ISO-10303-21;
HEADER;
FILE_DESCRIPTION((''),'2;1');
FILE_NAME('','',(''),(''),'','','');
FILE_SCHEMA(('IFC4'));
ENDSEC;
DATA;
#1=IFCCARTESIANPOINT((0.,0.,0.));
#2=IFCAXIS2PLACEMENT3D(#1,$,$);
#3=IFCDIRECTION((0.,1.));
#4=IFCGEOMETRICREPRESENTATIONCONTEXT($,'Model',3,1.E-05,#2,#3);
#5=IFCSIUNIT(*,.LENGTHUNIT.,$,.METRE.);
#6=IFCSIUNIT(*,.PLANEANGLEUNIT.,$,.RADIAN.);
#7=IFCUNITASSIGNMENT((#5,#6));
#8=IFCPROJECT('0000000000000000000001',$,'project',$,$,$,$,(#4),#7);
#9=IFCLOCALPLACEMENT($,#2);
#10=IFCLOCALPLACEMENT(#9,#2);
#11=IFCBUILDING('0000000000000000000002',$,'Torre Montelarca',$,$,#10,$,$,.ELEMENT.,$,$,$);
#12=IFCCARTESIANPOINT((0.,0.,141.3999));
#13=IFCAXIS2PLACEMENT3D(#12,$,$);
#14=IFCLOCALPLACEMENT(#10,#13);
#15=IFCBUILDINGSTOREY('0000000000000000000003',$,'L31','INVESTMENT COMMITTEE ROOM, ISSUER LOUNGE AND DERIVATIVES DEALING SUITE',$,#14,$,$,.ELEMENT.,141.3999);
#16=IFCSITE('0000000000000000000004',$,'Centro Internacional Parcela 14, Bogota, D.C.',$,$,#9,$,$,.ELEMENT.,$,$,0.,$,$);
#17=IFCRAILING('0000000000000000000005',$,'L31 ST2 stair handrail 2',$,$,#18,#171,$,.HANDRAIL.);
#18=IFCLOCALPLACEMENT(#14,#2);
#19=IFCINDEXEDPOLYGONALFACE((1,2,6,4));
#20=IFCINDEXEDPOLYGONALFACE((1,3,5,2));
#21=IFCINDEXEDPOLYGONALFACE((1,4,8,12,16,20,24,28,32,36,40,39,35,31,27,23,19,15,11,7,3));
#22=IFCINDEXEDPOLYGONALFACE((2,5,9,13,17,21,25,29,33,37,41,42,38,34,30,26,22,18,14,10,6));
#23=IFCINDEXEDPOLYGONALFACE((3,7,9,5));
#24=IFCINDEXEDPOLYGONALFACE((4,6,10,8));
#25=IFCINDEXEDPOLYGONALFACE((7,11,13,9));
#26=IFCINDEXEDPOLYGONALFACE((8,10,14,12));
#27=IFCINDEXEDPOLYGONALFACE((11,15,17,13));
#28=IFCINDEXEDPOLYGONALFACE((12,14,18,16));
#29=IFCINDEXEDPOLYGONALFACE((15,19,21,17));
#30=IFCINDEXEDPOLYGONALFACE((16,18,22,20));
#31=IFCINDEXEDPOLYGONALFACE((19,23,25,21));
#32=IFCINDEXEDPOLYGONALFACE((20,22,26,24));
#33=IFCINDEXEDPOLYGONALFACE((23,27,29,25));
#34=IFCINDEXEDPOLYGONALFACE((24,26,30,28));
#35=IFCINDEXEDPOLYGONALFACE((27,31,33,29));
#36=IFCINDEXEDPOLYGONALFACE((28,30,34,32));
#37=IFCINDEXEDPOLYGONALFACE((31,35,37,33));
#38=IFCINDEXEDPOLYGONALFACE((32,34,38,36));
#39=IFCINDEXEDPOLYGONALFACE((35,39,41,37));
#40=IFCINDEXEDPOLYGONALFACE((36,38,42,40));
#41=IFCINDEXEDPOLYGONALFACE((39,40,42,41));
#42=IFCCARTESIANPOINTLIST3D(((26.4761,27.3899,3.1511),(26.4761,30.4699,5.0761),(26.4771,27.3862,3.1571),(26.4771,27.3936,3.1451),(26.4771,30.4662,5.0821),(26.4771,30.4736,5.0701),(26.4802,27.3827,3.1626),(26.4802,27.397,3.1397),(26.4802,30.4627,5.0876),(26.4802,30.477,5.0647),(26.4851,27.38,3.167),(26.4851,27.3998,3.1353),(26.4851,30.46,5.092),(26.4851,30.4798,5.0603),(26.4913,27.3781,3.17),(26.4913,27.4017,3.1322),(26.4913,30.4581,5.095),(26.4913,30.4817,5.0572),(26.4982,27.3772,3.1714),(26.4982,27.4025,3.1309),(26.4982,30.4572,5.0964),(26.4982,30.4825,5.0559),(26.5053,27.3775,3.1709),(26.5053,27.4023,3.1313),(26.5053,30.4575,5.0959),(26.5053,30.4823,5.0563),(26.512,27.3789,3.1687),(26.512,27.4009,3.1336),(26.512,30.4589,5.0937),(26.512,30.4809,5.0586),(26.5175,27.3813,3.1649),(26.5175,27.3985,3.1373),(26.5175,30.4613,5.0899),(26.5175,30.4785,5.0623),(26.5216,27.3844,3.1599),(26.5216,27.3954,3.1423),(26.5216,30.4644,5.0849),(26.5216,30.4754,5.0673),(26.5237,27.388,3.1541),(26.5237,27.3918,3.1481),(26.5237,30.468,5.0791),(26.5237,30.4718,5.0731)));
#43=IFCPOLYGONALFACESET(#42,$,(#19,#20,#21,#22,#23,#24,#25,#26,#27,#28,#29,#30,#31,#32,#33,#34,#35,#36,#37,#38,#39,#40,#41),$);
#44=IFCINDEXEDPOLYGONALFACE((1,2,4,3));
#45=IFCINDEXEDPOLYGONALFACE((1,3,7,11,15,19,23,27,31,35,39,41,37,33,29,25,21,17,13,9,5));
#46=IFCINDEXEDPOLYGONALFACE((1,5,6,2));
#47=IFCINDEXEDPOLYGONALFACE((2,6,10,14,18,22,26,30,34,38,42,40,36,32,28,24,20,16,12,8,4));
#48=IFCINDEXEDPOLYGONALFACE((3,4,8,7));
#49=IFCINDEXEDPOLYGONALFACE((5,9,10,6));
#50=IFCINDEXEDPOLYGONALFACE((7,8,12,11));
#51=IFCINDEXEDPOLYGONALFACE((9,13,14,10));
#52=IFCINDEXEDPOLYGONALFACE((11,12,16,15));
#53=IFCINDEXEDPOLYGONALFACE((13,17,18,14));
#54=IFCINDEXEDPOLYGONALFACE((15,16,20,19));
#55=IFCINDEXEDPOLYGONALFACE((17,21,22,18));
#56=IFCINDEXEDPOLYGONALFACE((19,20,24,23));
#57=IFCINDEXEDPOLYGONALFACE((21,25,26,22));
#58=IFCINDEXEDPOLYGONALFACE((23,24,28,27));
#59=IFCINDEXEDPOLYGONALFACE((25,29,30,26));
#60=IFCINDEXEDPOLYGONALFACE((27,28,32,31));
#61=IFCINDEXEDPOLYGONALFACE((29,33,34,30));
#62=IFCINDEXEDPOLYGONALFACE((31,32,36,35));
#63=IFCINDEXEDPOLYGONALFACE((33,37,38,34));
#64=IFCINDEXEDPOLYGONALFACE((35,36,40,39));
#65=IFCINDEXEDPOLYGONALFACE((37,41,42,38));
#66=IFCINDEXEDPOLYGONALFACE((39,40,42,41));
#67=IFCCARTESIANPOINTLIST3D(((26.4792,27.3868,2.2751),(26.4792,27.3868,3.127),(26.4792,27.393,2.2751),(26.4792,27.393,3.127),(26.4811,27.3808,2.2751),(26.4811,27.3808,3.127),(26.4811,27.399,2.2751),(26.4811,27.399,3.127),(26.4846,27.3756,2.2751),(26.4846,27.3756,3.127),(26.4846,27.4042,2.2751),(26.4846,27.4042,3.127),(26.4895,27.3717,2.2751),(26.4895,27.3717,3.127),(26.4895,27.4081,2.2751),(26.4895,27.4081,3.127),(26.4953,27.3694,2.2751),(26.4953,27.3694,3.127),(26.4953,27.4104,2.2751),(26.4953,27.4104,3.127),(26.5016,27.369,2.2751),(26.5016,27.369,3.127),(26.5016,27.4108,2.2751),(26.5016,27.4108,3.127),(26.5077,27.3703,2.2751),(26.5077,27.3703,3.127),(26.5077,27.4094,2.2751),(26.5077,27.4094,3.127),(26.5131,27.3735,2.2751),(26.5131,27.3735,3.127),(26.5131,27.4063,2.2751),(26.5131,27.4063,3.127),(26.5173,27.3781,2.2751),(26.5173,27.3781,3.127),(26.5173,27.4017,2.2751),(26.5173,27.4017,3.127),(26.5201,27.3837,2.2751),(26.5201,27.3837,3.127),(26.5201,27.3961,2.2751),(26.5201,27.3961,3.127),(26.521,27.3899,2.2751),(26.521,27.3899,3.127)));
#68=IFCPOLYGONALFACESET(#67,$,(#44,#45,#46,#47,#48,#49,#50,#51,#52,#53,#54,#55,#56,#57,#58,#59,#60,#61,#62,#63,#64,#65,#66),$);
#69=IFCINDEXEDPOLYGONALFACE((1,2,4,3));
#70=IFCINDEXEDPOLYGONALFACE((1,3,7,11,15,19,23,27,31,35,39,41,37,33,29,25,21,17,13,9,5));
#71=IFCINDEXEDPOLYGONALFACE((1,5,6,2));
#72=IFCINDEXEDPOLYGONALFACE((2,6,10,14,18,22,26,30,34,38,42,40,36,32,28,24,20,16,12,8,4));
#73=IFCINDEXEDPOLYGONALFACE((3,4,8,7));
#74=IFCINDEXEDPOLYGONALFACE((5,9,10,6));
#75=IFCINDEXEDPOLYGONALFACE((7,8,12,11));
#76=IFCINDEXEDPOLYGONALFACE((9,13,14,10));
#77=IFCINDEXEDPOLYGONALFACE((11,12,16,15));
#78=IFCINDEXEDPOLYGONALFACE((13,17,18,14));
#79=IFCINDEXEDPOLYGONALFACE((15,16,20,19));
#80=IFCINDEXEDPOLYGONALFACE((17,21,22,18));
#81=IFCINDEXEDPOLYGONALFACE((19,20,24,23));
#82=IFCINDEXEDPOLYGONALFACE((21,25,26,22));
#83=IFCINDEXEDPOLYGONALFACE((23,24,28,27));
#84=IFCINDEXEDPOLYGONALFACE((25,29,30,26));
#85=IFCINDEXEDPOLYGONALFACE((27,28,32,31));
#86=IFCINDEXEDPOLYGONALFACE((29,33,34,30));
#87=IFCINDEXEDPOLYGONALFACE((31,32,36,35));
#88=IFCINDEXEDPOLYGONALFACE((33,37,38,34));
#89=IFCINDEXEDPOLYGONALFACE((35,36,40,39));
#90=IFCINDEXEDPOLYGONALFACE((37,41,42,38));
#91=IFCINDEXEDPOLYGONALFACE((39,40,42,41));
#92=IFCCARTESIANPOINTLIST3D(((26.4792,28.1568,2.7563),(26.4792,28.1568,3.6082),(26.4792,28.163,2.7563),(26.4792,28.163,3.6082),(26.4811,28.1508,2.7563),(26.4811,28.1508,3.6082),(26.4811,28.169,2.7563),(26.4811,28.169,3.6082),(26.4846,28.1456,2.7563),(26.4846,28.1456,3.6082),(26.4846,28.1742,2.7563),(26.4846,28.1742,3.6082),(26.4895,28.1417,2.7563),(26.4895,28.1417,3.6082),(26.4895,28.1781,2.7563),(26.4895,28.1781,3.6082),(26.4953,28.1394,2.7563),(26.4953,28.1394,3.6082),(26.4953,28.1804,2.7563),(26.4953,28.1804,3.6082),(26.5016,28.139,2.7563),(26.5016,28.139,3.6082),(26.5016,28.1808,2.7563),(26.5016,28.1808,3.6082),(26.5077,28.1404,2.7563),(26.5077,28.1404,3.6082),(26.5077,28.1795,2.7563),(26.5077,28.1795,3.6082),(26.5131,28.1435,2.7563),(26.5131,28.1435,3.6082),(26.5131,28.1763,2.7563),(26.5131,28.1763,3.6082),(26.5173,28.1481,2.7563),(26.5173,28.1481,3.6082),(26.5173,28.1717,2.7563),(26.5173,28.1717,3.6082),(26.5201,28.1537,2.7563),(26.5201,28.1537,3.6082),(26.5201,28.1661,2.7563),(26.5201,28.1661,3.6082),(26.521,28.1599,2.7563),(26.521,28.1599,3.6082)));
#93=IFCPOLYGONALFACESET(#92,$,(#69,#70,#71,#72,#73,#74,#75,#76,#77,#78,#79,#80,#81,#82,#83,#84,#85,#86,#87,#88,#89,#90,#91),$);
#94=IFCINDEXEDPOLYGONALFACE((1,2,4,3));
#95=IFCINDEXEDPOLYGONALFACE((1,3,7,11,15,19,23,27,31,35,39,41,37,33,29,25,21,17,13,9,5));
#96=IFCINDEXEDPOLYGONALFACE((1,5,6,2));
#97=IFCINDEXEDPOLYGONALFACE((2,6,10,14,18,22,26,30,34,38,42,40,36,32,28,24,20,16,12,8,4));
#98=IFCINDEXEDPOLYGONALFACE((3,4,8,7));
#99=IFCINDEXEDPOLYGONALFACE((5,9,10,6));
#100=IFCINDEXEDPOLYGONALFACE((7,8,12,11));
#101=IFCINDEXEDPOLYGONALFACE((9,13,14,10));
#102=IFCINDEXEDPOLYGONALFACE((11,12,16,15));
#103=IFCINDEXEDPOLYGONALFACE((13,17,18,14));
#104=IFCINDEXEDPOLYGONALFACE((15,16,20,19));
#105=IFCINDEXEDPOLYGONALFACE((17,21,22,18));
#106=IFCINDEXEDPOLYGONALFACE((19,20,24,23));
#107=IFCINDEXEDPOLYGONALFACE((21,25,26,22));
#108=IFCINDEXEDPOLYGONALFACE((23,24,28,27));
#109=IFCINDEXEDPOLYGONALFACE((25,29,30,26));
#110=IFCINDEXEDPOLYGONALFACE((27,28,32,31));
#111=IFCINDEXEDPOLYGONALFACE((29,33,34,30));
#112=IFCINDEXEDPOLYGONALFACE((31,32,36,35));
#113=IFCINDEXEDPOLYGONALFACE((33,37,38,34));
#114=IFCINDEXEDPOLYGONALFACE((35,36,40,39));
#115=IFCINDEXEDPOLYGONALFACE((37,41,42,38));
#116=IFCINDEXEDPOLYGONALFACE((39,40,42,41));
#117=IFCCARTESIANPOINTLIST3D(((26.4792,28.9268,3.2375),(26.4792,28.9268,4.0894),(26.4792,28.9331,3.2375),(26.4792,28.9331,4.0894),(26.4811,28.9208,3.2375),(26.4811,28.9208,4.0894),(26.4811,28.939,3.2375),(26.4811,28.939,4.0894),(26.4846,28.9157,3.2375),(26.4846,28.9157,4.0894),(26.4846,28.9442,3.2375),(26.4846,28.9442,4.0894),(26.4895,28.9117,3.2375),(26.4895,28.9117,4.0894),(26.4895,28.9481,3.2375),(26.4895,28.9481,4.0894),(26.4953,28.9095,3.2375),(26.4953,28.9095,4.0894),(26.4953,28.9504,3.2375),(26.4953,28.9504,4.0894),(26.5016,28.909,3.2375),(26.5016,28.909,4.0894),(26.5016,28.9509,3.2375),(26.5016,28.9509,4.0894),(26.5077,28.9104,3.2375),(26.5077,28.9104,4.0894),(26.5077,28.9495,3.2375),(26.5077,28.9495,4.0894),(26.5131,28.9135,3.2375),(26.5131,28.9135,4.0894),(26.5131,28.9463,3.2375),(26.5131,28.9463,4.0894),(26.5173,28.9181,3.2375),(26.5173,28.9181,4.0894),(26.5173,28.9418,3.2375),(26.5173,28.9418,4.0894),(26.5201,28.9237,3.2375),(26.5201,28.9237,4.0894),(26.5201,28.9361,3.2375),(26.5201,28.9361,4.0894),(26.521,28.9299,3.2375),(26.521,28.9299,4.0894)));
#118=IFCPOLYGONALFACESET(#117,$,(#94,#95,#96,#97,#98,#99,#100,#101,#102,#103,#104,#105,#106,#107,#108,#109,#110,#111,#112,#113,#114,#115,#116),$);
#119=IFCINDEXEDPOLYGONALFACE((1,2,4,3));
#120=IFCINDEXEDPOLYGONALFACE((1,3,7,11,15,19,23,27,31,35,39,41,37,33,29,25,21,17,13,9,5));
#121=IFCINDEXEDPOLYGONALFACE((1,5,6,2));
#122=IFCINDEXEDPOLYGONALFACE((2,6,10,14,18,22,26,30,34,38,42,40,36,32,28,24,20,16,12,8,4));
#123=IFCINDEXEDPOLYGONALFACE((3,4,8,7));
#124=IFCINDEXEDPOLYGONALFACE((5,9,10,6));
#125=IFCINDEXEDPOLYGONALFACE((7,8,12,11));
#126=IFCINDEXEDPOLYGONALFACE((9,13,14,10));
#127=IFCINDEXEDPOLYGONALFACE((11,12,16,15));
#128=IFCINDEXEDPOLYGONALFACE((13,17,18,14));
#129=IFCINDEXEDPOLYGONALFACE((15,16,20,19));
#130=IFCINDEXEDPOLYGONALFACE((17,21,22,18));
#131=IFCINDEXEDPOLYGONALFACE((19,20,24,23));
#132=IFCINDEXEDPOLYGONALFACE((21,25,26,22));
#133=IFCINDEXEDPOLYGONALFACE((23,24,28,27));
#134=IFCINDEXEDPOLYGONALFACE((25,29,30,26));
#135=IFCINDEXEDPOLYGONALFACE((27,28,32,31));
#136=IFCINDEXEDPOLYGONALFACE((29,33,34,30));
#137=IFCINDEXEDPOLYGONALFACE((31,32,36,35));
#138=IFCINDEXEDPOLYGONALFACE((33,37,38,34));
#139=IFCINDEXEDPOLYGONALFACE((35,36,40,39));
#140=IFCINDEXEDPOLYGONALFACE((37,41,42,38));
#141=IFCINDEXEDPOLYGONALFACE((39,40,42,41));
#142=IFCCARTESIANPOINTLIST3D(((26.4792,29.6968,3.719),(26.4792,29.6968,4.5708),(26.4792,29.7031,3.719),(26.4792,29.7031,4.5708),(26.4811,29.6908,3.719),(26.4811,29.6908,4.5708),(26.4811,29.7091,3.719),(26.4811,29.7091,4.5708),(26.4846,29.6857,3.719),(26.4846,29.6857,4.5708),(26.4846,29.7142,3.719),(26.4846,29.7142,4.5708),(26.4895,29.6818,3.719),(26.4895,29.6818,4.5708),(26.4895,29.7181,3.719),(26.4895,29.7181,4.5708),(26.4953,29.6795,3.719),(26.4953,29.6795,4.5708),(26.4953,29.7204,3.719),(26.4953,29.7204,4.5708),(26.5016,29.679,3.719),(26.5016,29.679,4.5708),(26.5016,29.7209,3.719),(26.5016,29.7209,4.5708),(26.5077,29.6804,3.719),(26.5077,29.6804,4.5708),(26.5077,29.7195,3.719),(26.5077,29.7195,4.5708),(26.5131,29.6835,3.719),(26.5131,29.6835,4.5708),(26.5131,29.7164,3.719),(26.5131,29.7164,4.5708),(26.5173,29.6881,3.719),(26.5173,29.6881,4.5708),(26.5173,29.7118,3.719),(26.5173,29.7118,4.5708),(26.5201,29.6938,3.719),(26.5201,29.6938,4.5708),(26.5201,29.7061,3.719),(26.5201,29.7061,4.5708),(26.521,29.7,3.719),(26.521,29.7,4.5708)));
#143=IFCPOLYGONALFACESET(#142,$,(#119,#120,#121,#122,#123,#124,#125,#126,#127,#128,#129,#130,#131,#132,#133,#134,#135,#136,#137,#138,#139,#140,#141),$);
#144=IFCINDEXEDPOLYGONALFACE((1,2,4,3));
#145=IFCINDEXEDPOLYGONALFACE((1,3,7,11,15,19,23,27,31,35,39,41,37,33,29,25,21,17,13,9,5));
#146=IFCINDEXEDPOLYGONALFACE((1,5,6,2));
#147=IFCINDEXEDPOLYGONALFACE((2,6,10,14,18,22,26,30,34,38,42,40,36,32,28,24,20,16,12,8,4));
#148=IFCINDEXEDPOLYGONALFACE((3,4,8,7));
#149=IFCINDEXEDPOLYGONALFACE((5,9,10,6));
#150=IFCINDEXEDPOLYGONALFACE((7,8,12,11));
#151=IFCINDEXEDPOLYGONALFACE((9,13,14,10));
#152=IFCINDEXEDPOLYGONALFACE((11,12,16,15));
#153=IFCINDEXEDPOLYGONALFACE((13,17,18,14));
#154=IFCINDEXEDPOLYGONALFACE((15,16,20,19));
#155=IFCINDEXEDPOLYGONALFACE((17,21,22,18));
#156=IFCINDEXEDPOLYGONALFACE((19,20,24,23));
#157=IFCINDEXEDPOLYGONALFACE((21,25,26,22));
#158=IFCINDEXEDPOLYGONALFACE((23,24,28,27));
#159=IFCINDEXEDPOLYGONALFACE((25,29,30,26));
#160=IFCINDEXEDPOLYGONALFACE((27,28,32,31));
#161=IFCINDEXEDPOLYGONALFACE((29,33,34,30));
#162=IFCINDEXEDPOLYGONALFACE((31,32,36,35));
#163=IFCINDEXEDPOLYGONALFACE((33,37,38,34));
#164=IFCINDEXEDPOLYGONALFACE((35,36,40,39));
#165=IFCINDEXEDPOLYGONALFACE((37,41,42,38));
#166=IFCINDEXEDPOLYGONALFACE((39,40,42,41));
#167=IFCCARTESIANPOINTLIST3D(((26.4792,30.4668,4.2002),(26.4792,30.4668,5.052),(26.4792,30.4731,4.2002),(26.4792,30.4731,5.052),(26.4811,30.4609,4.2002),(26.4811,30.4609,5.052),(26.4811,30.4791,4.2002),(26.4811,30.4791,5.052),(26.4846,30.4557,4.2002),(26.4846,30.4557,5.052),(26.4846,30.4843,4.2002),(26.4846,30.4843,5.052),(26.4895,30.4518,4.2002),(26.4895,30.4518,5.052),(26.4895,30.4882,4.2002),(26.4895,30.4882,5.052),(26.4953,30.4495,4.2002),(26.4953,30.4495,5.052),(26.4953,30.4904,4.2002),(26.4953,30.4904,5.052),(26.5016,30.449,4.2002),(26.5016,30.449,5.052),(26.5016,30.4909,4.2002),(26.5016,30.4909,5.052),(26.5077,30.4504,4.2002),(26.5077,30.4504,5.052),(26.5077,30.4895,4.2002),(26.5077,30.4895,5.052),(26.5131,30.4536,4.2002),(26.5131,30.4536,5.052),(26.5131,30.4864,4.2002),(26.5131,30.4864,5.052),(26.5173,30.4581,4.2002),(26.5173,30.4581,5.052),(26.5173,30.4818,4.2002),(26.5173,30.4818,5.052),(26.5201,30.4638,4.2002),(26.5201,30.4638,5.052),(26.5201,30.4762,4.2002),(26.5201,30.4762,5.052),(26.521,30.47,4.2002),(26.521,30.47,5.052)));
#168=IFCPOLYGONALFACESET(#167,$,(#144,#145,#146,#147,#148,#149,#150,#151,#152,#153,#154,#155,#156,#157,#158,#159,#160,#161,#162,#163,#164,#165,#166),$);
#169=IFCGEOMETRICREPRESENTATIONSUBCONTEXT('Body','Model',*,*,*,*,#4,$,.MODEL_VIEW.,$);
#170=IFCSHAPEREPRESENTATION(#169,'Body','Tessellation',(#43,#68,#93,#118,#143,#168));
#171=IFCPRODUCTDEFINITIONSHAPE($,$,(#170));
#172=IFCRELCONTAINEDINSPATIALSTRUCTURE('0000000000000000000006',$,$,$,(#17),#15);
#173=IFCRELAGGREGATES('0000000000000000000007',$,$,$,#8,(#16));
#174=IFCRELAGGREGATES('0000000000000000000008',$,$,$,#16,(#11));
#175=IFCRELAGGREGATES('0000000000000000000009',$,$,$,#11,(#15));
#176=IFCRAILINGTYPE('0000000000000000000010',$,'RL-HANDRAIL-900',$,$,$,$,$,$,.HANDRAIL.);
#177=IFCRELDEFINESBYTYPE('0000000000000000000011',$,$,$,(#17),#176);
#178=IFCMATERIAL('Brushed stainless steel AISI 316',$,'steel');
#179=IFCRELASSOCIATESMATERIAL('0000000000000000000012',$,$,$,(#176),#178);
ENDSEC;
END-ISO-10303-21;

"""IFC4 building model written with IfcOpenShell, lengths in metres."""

from ifc_helpers import new_model, si_unit, direction, frame, origin, origin_2d, place, context, subcontext, project, spatial, circle, extrude, material, type_object, element, save


model = new_model("IFC4")

# Units and contexts
model_context = context("Model", 3, precision=1e-05, world=origin(), true_north=direction((0.0, 1.0)))
body_context = subcontext(model_context, "Body", "Model", "MODEL_VIEW")
ifc_project = project(units=[si_unit("LENGTHUNIT", "METRE"), si_unit("PLANEANGLEUNIT", "RADIAN")], contexts=[model_context])

# Site, building, storey
site_placement = place(None, origin())
site = spatial("IfcSite", under=ifc_project, at=site_placement, Name="Centro Internacional Parcela 14, Bogota, D.C.", CompositionType="ELEMENT", RefElevation=0.0)
building_placement = place(site_placement, origin())
building = spatial("IfcBuilding", under=site, at=building_placement, Name="Torre Montelarca", CompositionType="ELEMENT")
storey_placement = place(building_placement, frame((0.0, 0.0, 141.3999)))
storey = spatial("IfcBuildingStorey", under=building, at=storey_placement, Name="L31", Description="INVESTMENT COMMITTEE ROOM, ISSUER LOUNGE AND DERIVATIVES DEALING SUITE", CompositionType="ELEMENT", Elevation=141.3999)

# Shared definitions
ifc_material_1 = material(Name="Brushed stainless steel AISI 316", Category="steel")

# Railing
railing_type_1 = type_object("IfcRailingType", Name="RL-HANDRAIL-900", PredefinedType="HANDRAIL", material=ifc_material_1)
railing_1_placement = place(storey_placement, frame((26.5, 27.3899, 2.2751)))
element("IfcRailing", 1, at=railing_1_placement, inside=storey, type_object=railing_type_1, Name="L31 ST2 stair handrail 2", PredefinedType="HANDRAIL", context=body_context, shape_type="SweptSolid", body=[
    extrude(circle(Radius=0.0239, at=origin_2d()), frame((0.0, 0.0, 0.876), z_axis=(0.0, 0.847998, 0.529999), x_axis=(-1.0, 0.0, 0.0)), (0.0, 0.0, 1.0), 3.6321),
    extrude(circle(Radius=0.021, at=origin_2d()), origin(), (0.0, 0.0, 1.0), 0.8518),
    extrude(circle(Radius=0.021, at=origin_2d()), frame((0.0, 0.77, 0.4812)), (0.0, 0.0, 1.0), 0.8518),
    extrude(circle(Radius=0.021, at=origin_2d()), frame((0.0, 1.54, 0.9624)), (0.0, 0.0, 1.0), 0.8518),
    extrude(circle(Radius=0.021, at=origin_2d()), frame((0.0, 2.3101, 1.4438)), (0.0, 0.0, 1.0), 0.8518),
    extrude(circle(Radius=0.021, at=origin_2d()), frame((0.0, 3.0801, 1.925)), (0.0, 0.0, 1.0), 0.8518),
])

save(model, "model.ifc")
